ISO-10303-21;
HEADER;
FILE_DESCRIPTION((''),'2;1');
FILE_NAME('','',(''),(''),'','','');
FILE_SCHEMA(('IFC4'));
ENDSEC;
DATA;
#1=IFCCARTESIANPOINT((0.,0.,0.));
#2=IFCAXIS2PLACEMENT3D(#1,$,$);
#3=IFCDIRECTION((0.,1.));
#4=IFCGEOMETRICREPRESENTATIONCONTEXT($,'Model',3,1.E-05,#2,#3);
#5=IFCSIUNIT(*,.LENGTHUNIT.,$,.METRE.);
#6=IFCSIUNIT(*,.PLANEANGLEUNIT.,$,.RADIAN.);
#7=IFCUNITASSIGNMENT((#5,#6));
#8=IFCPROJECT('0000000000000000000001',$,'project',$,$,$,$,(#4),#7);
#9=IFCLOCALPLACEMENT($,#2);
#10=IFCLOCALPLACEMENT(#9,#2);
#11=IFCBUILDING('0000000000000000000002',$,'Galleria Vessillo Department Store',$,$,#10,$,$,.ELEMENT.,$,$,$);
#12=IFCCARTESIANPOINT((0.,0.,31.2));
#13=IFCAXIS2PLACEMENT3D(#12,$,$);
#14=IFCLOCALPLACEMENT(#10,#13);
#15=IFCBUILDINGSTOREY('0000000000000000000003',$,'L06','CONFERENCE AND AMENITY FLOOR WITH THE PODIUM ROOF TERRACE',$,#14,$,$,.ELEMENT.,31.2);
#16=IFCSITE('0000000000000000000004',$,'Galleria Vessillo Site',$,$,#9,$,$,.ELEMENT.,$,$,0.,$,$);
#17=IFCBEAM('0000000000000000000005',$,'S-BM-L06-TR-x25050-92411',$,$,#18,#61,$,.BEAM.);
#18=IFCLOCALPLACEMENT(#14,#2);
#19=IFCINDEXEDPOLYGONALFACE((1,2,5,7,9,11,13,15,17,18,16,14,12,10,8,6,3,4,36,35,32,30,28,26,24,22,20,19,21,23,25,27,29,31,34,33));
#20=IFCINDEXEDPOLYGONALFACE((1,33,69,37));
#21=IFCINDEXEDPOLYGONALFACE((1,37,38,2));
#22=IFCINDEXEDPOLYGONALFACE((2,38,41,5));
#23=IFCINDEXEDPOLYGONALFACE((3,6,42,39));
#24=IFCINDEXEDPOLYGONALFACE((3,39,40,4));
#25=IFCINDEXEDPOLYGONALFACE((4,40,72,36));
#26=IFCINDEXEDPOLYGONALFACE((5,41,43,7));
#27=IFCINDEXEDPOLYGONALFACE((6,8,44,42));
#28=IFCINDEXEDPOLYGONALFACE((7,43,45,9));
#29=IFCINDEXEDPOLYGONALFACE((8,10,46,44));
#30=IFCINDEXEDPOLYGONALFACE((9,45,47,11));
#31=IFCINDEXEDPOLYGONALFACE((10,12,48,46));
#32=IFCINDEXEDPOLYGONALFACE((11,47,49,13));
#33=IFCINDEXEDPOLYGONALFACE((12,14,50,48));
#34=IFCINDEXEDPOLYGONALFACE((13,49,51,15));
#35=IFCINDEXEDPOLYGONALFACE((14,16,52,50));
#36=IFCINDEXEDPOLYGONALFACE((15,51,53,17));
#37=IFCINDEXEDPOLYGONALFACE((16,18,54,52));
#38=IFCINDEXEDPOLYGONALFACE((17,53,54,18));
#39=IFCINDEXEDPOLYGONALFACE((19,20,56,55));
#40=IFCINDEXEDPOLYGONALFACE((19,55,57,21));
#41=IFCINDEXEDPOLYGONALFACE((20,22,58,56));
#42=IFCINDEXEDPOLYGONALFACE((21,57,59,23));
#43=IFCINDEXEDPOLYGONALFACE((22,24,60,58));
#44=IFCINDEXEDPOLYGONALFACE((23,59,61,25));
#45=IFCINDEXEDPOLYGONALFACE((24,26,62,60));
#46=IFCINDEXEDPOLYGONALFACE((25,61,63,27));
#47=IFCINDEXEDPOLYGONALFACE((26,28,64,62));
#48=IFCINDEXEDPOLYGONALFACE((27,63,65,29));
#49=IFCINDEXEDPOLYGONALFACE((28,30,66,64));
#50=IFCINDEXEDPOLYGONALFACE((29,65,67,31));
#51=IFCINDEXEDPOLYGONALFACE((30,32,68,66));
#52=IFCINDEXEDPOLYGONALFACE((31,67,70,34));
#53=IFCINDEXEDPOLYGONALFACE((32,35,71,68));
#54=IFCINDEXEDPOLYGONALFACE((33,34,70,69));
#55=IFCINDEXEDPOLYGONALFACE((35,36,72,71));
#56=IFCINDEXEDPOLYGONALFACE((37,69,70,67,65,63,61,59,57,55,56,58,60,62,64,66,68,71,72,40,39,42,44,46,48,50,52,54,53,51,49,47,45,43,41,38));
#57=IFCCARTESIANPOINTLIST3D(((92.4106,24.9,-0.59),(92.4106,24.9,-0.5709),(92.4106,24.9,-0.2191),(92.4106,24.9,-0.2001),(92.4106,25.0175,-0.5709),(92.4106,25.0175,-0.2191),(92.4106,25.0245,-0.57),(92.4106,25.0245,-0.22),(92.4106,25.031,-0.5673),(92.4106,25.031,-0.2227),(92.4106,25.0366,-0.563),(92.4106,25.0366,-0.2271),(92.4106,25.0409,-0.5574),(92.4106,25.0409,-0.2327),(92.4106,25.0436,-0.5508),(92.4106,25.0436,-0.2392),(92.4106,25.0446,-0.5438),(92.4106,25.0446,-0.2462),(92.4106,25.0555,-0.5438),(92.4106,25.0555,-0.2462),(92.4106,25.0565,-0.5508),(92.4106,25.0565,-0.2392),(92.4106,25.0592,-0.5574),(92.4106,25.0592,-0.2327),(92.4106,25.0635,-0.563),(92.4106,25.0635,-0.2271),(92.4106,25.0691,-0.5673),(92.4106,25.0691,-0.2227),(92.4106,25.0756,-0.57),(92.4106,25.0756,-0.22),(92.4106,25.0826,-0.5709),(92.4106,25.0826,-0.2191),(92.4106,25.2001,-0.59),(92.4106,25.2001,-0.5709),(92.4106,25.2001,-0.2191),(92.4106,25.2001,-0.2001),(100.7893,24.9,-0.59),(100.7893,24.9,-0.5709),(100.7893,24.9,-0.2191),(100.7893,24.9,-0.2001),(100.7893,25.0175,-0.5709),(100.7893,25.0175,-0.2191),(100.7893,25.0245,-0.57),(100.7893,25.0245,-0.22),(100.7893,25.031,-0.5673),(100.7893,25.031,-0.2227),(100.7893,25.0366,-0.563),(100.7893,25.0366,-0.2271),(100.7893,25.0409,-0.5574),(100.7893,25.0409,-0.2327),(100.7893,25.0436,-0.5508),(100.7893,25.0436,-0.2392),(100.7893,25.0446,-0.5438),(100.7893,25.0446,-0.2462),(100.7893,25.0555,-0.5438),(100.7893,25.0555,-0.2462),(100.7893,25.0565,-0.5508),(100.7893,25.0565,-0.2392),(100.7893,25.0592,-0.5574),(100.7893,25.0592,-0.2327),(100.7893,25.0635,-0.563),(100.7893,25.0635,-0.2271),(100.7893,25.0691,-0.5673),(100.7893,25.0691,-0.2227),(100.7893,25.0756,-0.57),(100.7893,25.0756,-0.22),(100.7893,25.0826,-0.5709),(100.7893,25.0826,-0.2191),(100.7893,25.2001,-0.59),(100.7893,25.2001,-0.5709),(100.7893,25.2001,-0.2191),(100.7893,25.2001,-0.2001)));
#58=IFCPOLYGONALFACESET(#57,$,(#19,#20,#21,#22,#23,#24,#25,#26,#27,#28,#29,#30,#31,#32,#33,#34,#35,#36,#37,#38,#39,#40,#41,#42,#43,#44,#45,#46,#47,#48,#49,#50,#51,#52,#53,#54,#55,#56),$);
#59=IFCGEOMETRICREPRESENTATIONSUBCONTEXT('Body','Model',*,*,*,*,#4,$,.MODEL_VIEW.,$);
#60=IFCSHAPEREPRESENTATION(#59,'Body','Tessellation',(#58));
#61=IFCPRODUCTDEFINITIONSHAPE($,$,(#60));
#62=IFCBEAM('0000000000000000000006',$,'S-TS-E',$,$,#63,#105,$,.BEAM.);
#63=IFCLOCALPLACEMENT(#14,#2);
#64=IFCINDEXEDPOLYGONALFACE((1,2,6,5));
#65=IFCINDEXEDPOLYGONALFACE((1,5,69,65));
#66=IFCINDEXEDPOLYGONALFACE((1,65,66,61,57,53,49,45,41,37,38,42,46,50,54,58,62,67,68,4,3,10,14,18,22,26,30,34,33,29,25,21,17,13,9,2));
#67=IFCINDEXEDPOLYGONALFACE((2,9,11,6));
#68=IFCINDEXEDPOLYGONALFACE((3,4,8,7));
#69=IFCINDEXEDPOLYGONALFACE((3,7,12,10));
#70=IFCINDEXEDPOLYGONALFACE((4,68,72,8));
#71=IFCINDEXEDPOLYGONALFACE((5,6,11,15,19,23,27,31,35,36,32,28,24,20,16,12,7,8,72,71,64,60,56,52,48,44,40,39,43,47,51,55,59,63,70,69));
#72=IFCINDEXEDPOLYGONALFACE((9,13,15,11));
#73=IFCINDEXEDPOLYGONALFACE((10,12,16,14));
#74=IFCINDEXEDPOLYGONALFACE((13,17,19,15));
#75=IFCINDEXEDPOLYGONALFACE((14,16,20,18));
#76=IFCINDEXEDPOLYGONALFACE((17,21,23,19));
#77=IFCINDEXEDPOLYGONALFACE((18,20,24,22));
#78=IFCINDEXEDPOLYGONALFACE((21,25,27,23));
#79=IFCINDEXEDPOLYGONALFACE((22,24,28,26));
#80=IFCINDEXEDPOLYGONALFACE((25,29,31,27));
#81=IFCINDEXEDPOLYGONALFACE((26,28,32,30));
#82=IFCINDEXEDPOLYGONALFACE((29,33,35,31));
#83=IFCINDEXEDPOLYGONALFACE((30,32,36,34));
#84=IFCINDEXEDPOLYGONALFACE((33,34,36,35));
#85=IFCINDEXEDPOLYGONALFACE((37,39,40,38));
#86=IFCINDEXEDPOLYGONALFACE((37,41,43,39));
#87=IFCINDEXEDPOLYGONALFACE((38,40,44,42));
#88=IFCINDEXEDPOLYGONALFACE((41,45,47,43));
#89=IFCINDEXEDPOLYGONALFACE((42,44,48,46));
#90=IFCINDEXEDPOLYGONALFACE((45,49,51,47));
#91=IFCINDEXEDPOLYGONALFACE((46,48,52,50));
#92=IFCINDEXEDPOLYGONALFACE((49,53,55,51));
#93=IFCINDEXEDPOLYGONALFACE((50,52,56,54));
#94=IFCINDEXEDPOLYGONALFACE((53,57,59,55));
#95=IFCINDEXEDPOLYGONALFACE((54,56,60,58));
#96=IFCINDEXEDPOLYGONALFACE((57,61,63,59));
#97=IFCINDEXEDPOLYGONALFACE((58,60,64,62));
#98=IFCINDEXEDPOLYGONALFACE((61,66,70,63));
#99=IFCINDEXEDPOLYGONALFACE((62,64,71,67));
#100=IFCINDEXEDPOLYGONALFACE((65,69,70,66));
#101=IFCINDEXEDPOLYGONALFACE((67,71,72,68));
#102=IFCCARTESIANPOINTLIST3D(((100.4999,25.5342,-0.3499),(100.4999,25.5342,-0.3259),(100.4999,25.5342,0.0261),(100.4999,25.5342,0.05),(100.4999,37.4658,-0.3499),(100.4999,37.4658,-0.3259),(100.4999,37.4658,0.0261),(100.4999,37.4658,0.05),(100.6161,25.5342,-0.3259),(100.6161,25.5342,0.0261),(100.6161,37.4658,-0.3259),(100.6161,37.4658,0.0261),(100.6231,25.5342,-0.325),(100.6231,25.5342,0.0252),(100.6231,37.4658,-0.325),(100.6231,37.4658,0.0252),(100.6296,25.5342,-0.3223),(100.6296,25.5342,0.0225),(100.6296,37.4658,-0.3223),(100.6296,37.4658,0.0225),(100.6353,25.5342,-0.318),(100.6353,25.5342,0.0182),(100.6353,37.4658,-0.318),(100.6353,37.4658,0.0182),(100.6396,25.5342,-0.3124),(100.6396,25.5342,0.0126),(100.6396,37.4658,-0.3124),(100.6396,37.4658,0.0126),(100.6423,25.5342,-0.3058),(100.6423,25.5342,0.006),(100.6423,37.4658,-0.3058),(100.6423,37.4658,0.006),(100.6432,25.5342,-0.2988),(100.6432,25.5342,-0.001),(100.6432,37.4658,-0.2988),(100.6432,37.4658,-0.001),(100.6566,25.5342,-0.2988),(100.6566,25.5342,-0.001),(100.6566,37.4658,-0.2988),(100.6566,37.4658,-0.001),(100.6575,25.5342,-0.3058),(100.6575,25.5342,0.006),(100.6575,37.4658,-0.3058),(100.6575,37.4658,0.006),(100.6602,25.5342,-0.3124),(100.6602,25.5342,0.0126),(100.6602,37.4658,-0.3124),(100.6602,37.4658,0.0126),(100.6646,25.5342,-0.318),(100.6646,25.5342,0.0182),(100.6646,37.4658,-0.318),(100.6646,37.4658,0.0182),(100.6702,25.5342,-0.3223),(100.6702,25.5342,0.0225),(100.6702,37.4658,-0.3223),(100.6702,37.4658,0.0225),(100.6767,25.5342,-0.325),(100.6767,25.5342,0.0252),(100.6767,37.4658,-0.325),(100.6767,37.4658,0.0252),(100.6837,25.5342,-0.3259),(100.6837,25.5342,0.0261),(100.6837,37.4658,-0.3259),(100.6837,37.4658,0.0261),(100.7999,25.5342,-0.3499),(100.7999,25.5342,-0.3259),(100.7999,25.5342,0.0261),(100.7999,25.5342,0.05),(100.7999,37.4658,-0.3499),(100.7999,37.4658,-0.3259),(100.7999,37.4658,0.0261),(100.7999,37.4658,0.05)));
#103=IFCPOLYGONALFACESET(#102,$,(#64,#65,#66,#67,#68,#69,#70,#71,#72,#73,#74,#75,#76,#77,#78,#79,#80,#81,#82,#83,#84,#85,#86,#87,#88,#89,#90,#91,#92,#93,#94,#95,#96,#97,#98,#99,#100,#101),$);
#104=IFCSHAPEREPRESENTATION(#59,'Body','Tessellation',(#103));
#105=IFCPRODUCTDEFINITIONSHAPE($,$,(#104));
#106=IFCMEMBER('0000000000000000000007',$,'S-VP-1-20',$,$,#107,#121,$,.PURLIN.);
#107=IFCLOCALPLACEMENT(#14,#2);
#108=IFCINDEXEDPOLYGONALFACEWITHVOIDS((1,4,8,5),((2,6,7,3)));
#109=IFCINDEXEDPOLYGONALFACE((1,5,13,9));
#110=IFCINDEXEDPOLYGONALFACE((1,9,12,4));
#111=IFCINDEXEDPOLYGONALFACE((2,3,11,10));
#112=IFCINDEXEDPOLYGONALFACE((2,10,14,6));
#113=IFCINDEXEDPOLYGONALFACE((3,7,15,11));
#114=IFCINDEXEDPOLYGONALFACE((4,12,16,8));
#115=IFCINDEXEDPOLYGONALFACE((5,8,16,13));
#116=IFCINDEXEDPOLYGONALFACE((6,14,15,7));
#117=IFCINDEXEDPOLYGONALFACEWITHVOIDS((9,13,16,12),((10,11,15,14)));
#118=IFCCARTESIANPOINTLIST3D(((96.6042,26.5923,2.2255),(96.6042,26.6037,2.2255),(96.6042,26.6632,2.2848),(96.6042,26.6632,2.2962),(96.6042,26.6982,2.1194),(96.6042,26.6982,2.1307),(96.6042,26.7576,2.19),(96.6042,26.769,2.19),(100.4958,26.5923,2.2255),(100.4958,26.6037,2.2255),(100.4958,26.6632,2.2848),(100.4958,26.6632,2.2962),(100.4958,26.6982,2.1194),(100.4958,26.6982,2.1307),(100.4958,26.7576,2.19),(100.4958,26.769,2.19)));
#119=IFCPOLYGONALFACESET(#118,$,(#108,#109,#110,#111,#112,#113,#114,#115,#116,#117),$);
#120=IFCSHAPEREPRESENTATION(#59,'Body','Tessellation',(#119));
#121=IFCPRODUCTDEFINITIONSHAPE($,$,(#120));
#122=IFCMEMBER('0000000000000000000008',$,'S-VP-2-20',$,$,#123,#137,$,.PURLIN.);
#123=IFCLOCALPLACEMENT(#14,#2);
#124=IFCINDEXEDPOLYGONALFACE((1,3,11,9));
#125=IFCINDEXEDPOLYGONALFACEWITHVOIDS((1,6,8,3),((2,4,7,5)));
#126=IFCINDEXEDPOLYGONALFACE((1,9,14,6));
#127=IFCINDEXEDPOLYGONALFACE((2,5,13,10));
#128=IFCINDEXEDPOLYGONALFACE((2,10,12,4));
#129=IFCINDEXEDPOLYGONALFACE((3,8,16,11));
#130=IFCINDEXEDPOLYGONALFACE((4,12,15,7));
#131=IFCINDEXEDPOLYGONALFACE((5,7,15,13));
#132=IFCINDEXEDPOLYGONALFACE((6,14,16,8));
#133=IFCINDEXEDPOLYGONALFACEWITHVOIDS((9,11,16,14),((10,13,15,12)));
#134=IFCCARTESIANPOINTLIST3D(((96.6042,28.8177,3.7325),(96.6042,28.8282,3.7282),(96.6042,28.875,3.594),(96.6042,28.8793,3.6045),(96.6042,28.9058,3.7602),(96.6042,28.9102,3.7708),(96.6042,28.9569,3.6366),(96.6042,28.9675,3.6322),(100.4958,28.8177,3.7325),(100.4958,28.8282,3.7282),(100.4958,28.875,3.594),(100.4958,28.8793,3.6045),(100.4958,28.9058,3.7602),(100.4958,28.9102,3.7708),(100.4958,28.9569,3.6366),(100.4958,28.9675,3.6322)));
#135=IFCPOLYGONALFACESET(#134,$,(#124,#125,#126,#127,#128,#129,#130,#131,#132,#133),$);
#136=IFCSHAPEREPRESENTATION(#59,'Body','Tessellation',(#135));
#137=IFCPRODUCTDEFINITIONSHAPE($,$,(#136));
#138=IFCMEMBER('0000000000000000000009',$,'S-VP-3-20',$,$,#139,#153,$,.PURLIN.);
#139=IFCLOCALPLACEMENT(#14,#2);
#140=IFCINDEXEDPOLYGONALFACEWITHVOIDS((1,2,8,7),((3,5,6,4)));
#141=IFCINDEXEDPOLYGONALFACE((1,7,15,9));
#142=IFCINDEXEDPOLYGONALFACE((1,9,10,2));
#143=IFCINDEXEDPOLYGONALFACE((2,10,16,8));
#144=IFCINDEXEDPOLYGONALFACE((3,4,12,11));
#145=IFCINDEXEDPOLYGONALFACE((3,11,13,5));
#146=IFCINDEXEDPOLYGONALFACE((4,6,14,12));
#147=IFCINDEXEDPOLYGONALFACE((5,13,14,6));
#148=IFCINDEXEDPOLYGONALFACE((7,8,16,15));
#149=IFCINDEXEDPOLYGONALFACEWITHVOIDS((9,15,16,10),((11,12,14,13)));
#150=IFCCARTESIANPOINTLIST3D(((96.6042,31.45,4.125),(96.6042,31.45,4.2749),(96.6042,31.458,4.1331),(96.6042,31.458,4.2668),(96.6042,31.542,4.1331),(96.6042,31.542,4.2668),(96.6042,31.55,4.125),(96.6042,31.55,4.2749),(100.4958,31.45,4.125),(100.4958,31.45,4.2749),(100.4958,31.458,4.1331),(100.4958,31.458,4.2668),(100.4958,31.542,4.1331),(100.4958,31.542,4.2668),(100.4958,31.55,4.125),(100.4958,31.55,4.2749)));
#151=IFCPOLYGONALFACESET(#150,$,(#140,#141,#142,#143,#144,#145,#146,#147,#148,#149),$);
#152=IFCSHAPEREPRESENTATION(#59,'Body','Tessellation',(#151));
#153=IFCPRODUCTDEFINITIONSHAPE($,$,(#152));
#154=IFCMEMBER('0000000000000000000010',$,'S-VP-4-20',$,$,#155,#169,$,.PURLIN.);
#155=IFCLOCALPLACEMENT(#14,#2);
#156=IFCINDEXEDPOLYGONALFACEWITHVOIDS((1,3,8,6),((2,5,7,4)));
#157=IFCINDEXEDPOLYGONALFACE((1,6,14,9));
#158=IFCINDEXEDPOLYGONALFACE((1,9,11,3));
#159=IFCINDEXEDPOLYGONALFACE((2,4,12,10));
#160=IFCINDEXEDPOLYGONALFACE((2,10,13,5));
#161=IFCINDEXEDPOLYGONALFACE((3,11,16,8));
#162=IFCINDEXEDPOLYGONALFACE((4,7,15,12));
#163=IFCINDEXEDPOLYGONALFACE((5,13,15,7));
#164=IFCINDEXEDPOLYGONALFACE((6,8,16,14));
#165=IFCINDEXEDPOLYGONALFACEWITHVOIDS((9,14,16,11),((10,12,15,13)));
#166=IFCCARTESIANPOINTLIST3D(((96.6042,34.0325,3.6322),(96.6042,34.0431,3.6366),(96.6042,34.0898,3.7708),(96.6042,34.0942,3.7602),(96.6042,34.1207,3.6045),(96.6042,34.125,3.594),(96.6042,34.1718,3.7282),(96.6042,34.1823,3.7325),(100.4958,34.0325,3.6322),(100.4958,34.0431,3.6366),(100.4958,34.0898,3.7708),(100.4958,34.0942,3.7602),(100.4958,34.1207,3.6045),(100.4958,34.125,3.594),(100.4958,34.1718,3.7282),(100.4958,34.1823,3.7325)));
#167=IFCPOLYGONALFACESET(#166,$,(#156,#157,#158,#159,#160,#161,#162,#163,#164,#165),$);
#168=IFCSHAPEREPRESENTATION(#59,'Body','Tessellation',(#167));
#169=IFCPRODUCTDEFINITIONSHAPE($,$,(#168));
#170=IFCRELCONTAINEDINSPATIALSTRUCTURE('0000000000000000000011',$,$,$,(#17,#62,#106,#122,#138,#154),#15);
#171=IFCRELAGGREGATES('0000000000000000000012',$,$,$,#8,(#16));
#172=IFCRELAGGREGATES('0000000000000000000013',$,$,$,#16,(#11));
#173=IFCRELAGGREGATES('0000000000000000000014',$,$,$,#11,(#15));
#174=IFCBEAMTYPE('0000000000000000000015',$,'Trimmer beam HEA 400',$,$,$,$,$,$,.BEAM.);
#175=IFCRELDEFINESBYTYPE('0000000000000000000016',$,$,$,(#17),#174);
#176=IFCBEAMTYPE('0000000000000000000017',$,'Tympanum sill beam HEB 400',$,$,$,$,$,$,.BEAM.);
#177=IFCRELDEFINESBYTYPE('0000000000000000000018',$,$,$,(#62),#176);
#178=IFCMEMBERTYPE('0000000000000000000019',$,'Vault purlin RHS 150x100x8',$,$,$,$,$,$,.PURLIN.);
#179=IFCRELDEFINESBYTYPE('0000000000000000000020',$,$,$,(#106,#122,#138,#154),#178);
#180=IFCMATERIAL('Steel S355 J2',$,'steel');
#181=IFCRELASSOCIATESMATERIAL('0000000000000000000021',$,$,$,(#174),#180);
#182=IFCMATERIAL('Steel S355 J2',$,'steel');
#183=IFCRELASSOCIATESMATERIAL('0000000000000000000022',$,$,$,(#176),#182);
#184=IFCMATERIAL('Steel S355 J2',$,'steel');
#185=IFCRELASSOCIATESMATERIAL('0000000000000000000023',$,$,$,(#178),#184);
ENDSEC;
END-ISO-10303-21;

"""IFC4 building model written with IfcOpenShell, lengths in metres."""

from ifc_helpers import new_model, si_unit, direction, frame, origin, origin_2d, place, context, subcontext, project, spatial, hollow_rectangle, i_section, extrude, material, material_profile, profile_set, type_object, element, save


model = new_model("IFC4")

# Units and contexts
model_context = context("Model", 3, precision=1e-05, world=origin(), true_north=direction((0.0, 1.0)))
body_context = subcontext(model_context, "Body", "Model", "MODEL_VIEW")
ifc_project = project(units=[si_unit("LENGTHUNIT", "METRE"), si_unit("PLANEANGLEUNIT", "RADIAN")], contexts=[model_context])

# Site, building, storey
site_placement = place(None, origin())
site = spatial("IfcSite", under=ifc_project, at=site_placement, Name="Galleria Vessillo Site", CompositionType="ELEMENT", RefElevation=0.0)
building_placement = place(site_placement, origin())
building = spatial("IfcBuilding", under=site, at=building_placement, Name="Galleria Vessillo Department Store", CompositionType="ELEMENT")
storey_placement = place(building_placement, frame((0.0, 0.0, 31.2)))
storey = spatial("IfcBuildingStorey", under=building, at=storey_placement, Name="L06", Description="CONFERENCE AND AMENITY FLOOR WITH THE PODIUM ROOF TERRACE", CompositionType="ELEMENT", Elevation=31.2)

# Beams
ifc_material_1 = material(Name="Steel S355 J2", Category="steel")
ifc_material_profile_1 = material_profile(ifc_material_1, i_section(OverallWidth=0.3, OverallDepth=0.3899, WebThickness=0.011, FlangeThickness=0.019, FilletRadius=0.0271, at=origin_2d()), Name="HEA 400")
ifc_profile_set_1 = profile_set([ifc_material_profile_1], Name="Steel S355 J2")
beam_type_1 = type_object("IfcBeamType", Name="Trimmer beam HEA 400", PredefinedType="BEAM", material=ifc_profile_set_1)
beam_1_placement = place(storey_placement, frame((92.4106, 25.05, -0.395), z_axis=(1.0, 0.0, 0.0), x_axis=(0.0, 1.0, 0.0)))
element("IfcBeam", 1, at=beam_1_placement, inside=storey, type_object=beam_type_1, Name="S-BM-L06-TR-x25050-92411", PredefinedType="BEAM", context=body_context, shape_type="SweptSolid", body=[
    extrude(i_section(OverallWidth=0.3, OverallDepth=0.3899, WebThickness=0.011, FlangeThickness=0.019, FilletRadius=0.0271, at=origin_2d()), origin(), (0.0, 0.0, 1.0), 8.3787),
])
ifc_material_2 = material(Name="Steel S355 J2", Category="steel")
ifc_material_profile_2 = material_profile(ifc_material_2, i_section(OverallWidth=0.3, OverallDepth=0.3999, WebThickness=0.0134, FlangeThickness=0.0239, FilletRadius=0.0271, at=origin_2d()), Name="HEB 400")
ifc_profile_set_2 = profile_set([ifc_material_profile_2], Name="Steel S355 J2")
beam_type_2 = type_object("IfcBeamType", Name="Tympanum sill beam HEB 400", PredefinedType="BEAM", material=ifc_profile_set_2)
beam_2_placement = place(storey_placement, frame((100.6499, 25.5342, -0.1499), z_axis=(0.0, 1.0, 0.0), x_axis=(-1.0, 0.0, 0.0)))
element("IfcBeam", 2, at=beam_2_placement, inside=storey, type_object=beam_type_2, Name="S-TS-E", PredefinedType="BEAM", context=body_context, shape_type="SweptSolid", body=[
    extrude(i_section(OverallWidth=0.3, OverallDepth=0.3999, WebThickness=0.0134, FlangeThickness=0.0239, FilletRadius=0.0271, at=origin_2d()), origin(), (0.0, 0.0, 1.0), 11.9316),
])

# Members
ifc_material_3 = material(Name="Steel S355 J2", Category="steel")
ifc_material_profile_3 = material_profile(ifc_material_3, hollow_rectangle(XDim=0.1001, YDim=0.1499, WallThickness=0.0081, at=origin_2d()), Name="RHS 150x100x8")
ifc_profile_set_3 = profile_set([ifc_material_profile_3], Name="Steel S355 J2")
member_type_1 = type_object("IfcMemberType", Name="Vault purlin RHS 150x100x8", PredefinedType="PURLIN", material=ifc_profile_set_3)
for number, where, z_axis, x_axis, name in (
    (3, (96.6042, 26.6807, 2.2078), (1.0, 0.0, 0.0), (0.0, 0.708077, 0.706135), "S-VP-1-20"),
    (4, (96.6042, 28.8926, 3.6824), (1.0, 0.0, 0.0), (0.0, 0.924145, 0.382043), "S-VP-2-20"),
    (5, (96.6042, 31.5, 4.2), (1.0, 0.0, 0.0), (0.0, 1.0, 0.0), "S-VP-3-20"),
    (6, (96.6042, 34.1074, 3.6824), (1.0, 0.0, 0.0), (0.0, 0.924145, -0.382043), "S-VP-4-20"),
):
    element("IfcMember", number, at=place(storey_placement, frame(where, z_axis=z_axis, x_axis=x_axis)), inside=storey, type_object=member_type_1, Name=name, PredefinedType="PURLIN", context=body_context, shape_type="SweptSolid", body=[
        extrude(hollow_rectangle(XDim=0.1001, YDim=0.1499, WallThickness=0.0081, at=origin_2d()), origin(), (0.0, 0.0, 1.0), 3.8916),
    ])

save(model, "model.ifc")
